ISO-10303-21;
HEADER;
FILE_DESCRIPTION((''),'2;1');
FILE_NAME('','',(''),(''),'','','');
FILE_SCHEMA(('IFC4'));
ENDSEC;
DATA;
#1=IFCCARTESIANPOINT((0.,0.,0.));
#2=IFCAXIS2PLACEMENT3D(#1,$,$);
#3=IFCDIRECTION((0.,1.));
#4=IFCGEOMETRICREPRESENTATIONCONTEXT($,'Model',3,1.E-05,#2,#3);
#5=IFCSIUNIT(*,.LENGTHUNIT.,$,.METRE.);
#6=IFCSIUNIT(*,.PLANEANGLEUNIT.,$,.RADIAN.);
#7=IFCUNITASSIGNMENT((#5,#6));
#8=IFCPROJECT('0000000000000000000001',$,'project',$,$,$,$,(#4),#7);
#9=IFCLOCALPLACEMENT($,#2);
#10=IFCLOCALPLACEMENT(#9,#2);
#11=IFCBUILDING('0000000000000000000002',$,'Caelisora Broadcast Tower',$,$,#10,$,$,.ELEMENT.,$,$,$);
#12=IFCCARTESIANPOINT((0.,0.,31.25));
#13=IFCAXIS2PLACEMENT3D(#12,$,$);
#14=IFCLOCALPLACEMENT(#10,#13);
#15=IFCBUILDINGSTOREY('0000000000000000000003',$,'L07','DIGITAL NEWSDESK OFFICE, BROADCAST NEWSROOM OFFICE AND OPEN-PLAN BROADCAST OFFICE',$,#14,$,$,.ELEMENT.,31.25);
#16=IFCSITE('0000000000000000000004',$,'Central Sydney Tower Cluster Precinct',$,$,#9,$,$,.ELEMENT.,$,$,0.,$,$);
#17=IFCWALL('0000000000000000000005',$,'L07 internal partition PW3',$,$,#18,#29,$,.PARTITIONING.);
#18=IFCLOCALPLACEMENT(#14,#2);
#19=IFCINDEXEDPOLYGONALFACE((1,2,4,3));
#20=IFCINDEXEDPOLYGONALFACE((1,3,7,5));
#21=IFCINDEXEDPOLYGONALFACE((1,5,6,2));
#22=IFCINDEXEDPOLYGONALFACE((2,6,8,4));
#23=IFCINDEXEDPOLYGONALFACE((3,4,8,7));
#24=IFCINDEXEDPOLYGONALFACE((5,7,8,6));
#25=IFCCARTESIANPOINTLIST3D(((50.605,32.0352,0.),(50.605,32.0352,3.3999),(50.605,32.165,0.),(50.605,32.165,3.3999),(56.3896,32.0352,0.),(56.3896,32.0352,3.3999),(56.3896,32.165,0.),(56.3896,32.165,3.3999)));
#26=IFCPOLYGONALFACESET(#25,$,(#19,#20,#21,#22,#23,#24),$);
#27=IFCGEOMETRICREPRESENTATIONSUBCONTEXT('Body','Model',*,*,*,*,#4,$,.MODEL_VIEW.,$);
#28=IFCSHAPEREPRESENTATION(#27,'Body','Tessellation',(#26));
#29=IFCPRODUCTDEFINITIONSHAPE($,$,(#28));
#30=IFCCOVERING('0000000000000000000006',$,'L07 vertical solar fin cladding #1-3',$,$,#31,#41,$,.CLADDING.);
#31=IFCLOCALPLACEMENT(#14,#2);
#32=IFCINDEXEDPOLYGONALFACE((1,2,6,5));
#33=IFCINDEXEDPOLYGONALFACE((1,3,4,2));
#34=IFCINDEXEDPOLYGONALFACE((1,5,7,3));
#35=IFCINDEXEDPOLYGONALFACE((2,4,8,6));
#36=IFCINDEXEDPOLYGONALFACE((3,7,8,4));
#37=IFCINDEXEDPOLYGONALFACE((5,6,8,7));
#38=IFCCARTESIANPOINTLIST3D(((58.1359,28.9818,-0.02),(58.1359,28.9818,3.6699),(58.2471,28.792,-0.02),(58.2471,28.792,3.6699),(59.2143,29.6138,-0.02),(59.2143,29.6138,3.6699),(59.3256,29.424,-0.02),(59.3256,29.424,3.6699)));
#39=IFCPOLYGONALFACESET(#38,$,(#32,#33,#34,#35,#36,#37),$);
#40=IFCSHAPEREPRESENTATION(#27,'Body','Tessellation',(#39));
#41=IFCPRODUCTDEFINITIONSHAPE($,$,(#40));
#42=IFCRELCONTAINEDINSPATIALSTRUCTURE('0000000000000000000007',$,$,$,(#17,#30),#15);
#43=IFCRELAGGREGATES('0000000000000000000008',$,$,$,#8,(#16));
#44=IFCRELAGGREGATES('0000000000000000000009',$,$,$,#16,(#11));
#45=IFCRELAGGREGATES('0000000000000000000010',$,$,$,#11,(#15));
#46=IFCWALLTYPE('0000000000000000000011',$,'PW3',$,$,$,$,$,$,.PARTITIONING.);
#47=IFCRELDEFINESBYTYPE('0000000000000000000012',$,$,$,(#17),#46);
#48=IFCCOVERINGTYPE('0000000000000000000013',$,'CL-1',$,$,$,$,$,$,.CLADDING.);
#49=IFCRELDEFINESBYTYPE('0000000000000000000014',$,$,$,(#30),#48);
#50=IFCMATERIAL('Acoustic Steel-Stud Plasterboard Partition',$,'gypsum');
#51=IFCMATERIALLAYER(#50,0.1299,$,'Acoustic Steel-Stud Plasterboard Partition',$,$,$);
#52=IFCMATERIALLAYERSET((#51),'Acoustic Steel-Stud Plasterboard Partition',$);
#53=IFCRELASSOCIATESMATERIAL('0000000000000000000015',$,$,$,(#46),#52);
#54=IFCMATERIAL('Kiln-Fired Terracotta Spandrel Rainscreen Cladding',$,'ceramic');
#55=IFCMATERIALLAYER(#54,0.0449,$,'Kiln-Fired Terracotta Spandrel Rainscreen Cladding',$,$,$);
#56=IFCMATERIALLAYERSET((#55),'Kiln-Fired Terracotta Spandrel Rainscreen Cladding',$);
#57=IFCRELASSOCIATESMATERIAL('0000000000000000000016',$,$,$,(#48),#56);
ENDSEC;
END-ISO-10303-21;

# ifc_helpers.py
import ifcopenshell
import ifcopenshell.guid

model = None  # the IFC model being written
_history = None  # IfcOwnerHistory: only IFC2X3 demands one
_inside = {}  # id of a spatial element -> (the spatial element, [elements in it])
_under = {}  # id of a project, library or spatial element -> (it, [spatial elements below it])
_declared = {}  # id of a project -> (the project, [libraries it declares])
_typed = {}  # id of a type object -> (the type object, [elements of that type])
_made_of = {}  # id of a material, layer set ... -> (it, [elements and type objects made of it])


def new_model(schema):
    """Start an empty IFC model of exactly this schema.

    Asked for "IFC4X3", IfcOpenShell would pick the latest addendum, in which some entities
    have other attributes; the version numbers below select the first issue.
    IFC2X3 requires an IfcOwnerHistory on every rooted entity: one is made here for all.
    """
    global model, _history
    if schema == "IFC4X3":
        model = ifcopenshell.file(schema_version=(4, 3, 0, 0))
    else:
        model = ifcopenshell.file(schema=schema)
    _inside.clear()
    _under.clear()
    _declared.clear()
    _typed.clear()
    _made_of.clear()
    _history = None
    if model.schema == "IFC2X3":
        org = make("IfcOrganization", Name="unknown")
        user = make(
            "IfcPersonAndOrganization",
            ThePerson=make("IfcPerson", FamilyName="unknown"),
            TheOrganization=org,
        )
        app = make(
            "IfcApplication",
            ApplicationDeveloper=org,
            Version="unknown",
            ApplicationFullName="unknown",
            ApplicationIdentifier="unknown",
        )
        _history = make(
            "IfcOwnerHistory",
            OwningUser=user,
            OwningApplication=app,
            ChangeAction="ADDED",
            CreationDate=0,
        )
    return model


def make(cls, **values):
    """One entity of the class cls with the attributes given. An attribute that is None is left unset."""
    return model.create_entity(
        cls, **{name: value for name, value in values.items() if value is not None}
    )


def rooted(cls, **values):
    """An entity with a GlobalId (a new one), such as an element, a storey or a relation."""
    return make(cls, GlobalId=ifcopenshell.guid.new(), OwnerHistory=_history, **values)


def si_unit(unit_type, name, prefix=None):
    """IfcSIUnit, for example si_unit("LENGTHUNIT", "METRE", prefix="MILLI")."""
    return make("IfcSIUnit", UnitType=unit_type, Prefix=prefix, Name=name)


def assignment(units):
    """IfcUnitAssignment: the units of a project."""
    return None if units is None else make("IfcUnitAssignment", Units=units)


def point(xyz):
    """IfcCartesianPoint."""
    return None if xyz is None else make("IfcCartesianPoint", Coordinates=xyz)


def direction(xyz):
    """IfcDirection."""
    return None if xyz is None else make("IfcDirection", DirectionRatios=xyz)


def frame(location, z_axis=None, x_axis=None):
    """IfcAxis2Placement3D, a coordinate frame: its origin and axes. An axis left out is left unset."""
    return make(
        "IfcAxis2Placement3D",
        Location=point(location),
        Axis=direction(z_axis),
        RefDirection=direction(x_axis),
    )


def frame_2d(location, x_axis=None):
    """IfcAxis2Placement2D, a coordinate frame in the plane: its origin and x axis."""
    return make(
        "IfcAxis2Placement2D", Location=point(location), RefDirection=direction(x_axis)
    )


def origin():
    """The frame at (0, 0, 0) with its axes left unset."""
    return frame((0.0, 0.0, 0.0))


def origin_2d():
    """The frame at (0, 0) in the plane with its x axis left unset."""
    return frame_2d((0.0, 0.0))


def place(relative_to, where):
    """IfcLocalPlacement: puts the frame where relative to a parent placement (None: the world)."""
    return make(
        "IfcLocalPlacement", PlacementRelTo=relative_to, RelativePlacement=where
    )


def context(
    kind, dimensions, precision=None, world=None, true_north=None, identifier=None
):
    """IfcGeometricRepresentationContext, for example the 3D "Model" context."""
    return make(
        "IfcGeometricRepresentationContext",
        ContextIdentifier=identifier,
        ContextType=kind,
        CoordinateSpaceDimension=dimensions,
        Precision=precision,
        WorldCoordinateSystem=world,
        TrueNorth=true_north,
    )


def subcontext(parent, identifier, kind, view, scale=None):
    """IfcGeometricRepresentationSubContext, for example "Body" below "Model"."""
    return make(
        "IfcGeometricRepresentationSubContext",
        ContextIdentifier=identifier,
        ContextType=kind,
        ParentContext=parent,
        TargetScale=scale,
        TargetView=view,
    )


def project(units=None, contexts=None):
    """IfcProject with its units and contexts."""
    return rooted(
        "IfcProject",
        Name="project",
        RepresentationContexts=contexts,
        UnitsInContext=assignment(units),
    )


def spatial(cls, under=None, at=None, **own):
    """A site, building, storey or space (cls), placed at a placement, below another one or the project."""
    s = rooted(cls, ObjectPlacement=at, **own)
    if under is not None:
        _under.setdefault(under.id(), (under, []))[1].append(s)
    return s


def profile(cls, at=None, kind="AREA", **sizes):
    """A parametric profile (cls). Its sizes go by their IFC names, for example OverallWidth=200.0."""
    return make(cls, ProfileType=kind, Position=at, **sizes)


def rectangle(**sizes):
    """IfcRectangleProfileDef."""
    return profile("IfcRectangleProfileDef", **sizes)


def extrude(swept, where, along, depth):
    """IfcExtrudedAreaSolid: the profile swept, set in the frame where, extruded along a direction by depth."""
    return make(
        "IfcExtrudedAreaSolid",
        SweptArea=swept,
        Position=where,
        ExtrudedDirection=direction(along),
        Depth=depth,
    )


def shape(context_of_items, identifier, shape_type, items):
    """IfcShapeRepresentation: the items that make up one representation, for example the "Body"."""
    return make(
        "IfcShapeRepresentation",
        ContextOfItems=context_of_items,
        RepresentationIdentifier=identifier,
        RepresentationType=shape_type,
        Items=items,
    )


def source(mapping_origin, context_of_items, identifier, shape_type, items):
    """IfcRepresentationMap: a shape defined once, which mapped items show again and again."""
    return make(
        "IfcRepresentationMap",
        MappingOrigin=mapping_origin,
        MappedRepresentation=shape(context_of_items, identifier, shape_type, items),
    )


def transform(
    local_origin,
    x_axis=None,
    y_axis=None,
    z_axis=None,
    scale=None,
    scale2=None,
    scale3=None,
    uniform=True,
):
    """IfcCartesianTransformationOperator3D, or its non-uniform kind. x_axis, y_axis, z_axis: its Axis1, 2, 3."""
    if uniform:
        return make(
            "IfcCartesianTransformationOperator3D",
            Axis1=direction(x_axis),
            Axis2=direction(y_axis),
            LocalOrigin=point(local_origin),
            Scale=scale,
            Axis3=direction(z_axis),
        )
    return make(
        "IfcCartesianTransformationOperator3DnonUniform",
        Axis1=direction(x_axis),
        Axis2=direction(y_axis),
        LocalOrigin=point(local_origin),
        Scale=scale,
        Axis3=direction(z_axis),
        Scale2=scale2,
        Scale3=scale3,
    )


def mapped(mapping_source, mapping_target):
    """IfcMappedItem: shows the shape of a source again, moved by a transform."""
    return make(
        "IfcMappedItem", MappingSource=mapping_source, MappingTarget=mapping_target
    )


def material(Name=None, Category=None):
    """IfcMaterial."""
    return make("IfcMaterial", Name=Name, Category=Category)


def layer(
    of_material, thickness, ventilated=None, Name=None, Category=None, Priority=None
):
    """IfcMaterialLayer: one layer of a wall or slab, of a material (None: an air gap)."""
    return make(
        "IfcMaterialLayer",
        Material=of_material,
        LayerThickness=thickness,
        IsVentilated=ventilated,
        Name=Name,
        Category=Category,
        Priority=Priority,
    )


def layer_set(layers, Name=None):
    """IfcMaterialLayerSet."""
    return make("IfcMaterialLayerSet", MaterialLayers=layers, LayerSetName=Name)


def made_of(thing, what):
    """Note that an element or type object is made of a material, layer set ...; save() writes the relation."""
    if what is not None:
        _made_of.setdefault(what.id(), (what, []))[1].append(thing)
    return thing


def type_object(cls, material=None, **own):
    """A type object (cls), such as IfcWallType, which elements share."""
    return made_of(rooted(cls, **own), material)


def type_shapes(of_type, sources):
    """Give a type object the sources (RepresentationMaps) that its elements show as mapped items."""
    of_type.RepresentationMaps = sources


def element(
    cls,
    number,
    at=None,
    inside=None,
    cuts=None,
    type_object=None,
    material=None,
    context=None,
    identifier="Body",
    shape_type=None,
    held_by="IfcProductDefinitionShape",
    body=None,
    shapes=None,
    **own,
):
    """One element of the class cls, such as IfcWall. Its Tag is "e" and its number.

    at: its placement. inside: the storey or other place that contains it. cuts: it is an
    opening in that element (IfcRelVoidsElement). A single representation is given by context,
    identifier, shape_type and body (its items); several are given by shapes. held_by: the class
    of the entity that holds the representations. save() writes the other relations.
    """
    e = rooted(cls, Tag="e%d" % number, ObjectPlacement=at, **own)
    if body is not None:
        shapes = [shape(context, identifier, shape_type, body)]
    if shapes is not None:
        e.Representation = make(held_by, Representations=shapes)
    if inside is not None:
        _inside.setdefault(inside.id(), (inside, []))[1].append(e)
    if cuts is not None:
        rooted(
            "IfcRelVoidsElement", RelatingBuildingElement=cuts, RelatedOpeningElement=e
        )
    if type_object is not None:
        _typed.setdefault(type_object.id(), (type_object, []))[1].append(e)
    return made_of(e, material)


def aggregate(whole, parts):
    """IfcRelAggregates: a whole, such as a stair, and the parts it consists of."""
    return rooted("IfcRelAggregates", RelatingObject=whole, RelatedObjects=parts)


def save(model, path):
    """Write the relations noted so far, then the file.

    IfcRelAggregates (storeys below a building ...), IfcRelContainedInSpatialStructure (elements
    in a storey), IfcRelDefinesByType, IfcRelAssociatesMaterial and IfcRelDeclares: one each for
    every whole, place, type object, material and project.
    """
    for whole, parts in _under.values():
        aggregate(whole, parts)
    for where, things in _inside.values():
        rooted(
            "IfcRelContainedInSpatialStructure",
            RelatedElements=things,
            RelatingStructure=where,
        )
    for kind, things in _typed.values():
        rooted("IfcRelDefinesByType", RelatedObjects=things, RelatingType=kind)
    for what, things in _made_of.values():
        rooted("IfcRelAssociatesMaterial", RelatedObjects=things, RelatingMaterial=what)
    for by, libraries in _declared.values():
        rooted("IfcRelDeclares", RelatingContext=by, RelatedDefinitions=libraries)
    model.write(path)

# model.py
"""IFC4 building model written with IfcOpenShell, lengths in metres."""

from ifc_helpers import new_model, si_unit, direction, frame, frame_2d, origin, origin_2d, place, context, subcontext, project, spatial, rectangle, extrude, source, transform, mapped, material, layer, layer_set, type_object, type_shapes, element, save


model = new_model("IFC4")

# Units and contexts
model_context = context("Model", 3, precision=1e-05, world=origin(), true_north=direction((0.0, 1.0)))
body_context = subcontext(model_context, "Body", "Model", "MODEL_VIEW")
ifc_project = project(units=[si_unit("LENGTHUNIT", "METRE"), si_unit("PLANEANGLEUNIT", "RADIAN")], contexts=[model_context])

# Site, building, storey
site_placement = place(None, origin())
site = spatial("IfcSite", under=ifc_project, at=site_placement, Name="Central Sydney Tower Cluster Precinct", CompositionType="ELEMENT", RefElevation=0.0)
building_placement = place(site_placement, origin())
building = spatial("IfcBuilding", under=site, at=building_placement, Name="Caelisora Broadcast Tower", CompositionType="ELEMENT")
storey_placement = place(building_placement, frame((0.0, 0.0, 31.25)))
storey = spatial("IfcBuildingStorey", under=building, at=storey_placement, Name="L07", Description="DIGITAL NEWSDESK OFFICE, BROADCAST NEWSROOM OFFICE AND OPEN-PLAN BROADCAST OFFICE", CompositionType="ELEMENT", Elevation=31.25)

# Shared definitions
ifc_material_1 = material(Name="Acoustic Steel-Stud Plasterboard Partition", Category="gypsum")
ifc_layer_1 = layer(ifc_material_1, 0.1299, Name="Acoustic Steel-Stud Plasterboard Partition")
ifc_layer_set_1 = layer_set([ifc_layer_1], Name="Acoustic Steel-Stud Plasterboard Partition")
wall_type = type_object("IfcWallType", Name="PW3", PredefinedType="PARTITIONING", material=ifc_layer_set_1)

# Wall
wall_1_placement = place(storey_placement, frame((50.605, 32.1001, 0.0), z_axis=(0.0, 0.0, 1.0), x_axis=(1.0, 0.0, 0.0)))
element("IfcWall", 1, at=wall_1_placement, inside=storey, type_object=wall_type, Name="L07 internal partition PW3", PredefinedType="PARTITIONING", context=body_context, shape_type="SweptSolid", body=[
    extrude(rectangle(XDim=5.7847, YDim=0.1299, at=frame_2d((2.8923, 0.0))), origin(), (0.0, 0.0, 1.0), 3.3999),
])

# Covering
ifc_material_2 = material(Name="Kiln-Fired Terracotta Spandrel Rainscreen Cladding", Category="ceramic")
ifc_layer_2 = layer(ifc_material_2, 0.0449, Name="Kiln-Fired Terracotta Spandrel Rainscreen Cladding")
ifc_layer_set_2 = layer_set([ifc_layer_2], Name="Kiln-Fired Terracotta Spandrel Rainscreen Cladding")
covering_type = type_object("IfcCoveringType", Name="CL-1", PredefinedType="CLADDING", material=ifc_layer_set_2)
shared_shape_1 = source(origin(), body_context, "Body", "SweptSolid", [
    extrude(rectangle(XDim=0.22, YDim=1.25, at=origin_2d()), origin(), (0.0, 0.0, 1.0), 3.6899),
])
type_shapes(covering_type, [shared_shape_1])
covering_placement = place(storey_placement, frame((58.7307, 29.2029, -0.02), z_axis=(0.0, 0.0, 1.0), x_axis=(0.505582, -0.862779, 0.0)))
element("IfcCovering", 2, at=covering_placement, inside=storey, type_object=covering_type, Name="L07 vertical solar fin cladding #1-3", PredefinedType="CLADDING", context=body_context, shape_type="MappedRepresentation", body=[
    mapped(shared_shape_1, transform((0.0, 0.0, 0.0), scale=1.0)),
])

save(model, "model.ifc")
